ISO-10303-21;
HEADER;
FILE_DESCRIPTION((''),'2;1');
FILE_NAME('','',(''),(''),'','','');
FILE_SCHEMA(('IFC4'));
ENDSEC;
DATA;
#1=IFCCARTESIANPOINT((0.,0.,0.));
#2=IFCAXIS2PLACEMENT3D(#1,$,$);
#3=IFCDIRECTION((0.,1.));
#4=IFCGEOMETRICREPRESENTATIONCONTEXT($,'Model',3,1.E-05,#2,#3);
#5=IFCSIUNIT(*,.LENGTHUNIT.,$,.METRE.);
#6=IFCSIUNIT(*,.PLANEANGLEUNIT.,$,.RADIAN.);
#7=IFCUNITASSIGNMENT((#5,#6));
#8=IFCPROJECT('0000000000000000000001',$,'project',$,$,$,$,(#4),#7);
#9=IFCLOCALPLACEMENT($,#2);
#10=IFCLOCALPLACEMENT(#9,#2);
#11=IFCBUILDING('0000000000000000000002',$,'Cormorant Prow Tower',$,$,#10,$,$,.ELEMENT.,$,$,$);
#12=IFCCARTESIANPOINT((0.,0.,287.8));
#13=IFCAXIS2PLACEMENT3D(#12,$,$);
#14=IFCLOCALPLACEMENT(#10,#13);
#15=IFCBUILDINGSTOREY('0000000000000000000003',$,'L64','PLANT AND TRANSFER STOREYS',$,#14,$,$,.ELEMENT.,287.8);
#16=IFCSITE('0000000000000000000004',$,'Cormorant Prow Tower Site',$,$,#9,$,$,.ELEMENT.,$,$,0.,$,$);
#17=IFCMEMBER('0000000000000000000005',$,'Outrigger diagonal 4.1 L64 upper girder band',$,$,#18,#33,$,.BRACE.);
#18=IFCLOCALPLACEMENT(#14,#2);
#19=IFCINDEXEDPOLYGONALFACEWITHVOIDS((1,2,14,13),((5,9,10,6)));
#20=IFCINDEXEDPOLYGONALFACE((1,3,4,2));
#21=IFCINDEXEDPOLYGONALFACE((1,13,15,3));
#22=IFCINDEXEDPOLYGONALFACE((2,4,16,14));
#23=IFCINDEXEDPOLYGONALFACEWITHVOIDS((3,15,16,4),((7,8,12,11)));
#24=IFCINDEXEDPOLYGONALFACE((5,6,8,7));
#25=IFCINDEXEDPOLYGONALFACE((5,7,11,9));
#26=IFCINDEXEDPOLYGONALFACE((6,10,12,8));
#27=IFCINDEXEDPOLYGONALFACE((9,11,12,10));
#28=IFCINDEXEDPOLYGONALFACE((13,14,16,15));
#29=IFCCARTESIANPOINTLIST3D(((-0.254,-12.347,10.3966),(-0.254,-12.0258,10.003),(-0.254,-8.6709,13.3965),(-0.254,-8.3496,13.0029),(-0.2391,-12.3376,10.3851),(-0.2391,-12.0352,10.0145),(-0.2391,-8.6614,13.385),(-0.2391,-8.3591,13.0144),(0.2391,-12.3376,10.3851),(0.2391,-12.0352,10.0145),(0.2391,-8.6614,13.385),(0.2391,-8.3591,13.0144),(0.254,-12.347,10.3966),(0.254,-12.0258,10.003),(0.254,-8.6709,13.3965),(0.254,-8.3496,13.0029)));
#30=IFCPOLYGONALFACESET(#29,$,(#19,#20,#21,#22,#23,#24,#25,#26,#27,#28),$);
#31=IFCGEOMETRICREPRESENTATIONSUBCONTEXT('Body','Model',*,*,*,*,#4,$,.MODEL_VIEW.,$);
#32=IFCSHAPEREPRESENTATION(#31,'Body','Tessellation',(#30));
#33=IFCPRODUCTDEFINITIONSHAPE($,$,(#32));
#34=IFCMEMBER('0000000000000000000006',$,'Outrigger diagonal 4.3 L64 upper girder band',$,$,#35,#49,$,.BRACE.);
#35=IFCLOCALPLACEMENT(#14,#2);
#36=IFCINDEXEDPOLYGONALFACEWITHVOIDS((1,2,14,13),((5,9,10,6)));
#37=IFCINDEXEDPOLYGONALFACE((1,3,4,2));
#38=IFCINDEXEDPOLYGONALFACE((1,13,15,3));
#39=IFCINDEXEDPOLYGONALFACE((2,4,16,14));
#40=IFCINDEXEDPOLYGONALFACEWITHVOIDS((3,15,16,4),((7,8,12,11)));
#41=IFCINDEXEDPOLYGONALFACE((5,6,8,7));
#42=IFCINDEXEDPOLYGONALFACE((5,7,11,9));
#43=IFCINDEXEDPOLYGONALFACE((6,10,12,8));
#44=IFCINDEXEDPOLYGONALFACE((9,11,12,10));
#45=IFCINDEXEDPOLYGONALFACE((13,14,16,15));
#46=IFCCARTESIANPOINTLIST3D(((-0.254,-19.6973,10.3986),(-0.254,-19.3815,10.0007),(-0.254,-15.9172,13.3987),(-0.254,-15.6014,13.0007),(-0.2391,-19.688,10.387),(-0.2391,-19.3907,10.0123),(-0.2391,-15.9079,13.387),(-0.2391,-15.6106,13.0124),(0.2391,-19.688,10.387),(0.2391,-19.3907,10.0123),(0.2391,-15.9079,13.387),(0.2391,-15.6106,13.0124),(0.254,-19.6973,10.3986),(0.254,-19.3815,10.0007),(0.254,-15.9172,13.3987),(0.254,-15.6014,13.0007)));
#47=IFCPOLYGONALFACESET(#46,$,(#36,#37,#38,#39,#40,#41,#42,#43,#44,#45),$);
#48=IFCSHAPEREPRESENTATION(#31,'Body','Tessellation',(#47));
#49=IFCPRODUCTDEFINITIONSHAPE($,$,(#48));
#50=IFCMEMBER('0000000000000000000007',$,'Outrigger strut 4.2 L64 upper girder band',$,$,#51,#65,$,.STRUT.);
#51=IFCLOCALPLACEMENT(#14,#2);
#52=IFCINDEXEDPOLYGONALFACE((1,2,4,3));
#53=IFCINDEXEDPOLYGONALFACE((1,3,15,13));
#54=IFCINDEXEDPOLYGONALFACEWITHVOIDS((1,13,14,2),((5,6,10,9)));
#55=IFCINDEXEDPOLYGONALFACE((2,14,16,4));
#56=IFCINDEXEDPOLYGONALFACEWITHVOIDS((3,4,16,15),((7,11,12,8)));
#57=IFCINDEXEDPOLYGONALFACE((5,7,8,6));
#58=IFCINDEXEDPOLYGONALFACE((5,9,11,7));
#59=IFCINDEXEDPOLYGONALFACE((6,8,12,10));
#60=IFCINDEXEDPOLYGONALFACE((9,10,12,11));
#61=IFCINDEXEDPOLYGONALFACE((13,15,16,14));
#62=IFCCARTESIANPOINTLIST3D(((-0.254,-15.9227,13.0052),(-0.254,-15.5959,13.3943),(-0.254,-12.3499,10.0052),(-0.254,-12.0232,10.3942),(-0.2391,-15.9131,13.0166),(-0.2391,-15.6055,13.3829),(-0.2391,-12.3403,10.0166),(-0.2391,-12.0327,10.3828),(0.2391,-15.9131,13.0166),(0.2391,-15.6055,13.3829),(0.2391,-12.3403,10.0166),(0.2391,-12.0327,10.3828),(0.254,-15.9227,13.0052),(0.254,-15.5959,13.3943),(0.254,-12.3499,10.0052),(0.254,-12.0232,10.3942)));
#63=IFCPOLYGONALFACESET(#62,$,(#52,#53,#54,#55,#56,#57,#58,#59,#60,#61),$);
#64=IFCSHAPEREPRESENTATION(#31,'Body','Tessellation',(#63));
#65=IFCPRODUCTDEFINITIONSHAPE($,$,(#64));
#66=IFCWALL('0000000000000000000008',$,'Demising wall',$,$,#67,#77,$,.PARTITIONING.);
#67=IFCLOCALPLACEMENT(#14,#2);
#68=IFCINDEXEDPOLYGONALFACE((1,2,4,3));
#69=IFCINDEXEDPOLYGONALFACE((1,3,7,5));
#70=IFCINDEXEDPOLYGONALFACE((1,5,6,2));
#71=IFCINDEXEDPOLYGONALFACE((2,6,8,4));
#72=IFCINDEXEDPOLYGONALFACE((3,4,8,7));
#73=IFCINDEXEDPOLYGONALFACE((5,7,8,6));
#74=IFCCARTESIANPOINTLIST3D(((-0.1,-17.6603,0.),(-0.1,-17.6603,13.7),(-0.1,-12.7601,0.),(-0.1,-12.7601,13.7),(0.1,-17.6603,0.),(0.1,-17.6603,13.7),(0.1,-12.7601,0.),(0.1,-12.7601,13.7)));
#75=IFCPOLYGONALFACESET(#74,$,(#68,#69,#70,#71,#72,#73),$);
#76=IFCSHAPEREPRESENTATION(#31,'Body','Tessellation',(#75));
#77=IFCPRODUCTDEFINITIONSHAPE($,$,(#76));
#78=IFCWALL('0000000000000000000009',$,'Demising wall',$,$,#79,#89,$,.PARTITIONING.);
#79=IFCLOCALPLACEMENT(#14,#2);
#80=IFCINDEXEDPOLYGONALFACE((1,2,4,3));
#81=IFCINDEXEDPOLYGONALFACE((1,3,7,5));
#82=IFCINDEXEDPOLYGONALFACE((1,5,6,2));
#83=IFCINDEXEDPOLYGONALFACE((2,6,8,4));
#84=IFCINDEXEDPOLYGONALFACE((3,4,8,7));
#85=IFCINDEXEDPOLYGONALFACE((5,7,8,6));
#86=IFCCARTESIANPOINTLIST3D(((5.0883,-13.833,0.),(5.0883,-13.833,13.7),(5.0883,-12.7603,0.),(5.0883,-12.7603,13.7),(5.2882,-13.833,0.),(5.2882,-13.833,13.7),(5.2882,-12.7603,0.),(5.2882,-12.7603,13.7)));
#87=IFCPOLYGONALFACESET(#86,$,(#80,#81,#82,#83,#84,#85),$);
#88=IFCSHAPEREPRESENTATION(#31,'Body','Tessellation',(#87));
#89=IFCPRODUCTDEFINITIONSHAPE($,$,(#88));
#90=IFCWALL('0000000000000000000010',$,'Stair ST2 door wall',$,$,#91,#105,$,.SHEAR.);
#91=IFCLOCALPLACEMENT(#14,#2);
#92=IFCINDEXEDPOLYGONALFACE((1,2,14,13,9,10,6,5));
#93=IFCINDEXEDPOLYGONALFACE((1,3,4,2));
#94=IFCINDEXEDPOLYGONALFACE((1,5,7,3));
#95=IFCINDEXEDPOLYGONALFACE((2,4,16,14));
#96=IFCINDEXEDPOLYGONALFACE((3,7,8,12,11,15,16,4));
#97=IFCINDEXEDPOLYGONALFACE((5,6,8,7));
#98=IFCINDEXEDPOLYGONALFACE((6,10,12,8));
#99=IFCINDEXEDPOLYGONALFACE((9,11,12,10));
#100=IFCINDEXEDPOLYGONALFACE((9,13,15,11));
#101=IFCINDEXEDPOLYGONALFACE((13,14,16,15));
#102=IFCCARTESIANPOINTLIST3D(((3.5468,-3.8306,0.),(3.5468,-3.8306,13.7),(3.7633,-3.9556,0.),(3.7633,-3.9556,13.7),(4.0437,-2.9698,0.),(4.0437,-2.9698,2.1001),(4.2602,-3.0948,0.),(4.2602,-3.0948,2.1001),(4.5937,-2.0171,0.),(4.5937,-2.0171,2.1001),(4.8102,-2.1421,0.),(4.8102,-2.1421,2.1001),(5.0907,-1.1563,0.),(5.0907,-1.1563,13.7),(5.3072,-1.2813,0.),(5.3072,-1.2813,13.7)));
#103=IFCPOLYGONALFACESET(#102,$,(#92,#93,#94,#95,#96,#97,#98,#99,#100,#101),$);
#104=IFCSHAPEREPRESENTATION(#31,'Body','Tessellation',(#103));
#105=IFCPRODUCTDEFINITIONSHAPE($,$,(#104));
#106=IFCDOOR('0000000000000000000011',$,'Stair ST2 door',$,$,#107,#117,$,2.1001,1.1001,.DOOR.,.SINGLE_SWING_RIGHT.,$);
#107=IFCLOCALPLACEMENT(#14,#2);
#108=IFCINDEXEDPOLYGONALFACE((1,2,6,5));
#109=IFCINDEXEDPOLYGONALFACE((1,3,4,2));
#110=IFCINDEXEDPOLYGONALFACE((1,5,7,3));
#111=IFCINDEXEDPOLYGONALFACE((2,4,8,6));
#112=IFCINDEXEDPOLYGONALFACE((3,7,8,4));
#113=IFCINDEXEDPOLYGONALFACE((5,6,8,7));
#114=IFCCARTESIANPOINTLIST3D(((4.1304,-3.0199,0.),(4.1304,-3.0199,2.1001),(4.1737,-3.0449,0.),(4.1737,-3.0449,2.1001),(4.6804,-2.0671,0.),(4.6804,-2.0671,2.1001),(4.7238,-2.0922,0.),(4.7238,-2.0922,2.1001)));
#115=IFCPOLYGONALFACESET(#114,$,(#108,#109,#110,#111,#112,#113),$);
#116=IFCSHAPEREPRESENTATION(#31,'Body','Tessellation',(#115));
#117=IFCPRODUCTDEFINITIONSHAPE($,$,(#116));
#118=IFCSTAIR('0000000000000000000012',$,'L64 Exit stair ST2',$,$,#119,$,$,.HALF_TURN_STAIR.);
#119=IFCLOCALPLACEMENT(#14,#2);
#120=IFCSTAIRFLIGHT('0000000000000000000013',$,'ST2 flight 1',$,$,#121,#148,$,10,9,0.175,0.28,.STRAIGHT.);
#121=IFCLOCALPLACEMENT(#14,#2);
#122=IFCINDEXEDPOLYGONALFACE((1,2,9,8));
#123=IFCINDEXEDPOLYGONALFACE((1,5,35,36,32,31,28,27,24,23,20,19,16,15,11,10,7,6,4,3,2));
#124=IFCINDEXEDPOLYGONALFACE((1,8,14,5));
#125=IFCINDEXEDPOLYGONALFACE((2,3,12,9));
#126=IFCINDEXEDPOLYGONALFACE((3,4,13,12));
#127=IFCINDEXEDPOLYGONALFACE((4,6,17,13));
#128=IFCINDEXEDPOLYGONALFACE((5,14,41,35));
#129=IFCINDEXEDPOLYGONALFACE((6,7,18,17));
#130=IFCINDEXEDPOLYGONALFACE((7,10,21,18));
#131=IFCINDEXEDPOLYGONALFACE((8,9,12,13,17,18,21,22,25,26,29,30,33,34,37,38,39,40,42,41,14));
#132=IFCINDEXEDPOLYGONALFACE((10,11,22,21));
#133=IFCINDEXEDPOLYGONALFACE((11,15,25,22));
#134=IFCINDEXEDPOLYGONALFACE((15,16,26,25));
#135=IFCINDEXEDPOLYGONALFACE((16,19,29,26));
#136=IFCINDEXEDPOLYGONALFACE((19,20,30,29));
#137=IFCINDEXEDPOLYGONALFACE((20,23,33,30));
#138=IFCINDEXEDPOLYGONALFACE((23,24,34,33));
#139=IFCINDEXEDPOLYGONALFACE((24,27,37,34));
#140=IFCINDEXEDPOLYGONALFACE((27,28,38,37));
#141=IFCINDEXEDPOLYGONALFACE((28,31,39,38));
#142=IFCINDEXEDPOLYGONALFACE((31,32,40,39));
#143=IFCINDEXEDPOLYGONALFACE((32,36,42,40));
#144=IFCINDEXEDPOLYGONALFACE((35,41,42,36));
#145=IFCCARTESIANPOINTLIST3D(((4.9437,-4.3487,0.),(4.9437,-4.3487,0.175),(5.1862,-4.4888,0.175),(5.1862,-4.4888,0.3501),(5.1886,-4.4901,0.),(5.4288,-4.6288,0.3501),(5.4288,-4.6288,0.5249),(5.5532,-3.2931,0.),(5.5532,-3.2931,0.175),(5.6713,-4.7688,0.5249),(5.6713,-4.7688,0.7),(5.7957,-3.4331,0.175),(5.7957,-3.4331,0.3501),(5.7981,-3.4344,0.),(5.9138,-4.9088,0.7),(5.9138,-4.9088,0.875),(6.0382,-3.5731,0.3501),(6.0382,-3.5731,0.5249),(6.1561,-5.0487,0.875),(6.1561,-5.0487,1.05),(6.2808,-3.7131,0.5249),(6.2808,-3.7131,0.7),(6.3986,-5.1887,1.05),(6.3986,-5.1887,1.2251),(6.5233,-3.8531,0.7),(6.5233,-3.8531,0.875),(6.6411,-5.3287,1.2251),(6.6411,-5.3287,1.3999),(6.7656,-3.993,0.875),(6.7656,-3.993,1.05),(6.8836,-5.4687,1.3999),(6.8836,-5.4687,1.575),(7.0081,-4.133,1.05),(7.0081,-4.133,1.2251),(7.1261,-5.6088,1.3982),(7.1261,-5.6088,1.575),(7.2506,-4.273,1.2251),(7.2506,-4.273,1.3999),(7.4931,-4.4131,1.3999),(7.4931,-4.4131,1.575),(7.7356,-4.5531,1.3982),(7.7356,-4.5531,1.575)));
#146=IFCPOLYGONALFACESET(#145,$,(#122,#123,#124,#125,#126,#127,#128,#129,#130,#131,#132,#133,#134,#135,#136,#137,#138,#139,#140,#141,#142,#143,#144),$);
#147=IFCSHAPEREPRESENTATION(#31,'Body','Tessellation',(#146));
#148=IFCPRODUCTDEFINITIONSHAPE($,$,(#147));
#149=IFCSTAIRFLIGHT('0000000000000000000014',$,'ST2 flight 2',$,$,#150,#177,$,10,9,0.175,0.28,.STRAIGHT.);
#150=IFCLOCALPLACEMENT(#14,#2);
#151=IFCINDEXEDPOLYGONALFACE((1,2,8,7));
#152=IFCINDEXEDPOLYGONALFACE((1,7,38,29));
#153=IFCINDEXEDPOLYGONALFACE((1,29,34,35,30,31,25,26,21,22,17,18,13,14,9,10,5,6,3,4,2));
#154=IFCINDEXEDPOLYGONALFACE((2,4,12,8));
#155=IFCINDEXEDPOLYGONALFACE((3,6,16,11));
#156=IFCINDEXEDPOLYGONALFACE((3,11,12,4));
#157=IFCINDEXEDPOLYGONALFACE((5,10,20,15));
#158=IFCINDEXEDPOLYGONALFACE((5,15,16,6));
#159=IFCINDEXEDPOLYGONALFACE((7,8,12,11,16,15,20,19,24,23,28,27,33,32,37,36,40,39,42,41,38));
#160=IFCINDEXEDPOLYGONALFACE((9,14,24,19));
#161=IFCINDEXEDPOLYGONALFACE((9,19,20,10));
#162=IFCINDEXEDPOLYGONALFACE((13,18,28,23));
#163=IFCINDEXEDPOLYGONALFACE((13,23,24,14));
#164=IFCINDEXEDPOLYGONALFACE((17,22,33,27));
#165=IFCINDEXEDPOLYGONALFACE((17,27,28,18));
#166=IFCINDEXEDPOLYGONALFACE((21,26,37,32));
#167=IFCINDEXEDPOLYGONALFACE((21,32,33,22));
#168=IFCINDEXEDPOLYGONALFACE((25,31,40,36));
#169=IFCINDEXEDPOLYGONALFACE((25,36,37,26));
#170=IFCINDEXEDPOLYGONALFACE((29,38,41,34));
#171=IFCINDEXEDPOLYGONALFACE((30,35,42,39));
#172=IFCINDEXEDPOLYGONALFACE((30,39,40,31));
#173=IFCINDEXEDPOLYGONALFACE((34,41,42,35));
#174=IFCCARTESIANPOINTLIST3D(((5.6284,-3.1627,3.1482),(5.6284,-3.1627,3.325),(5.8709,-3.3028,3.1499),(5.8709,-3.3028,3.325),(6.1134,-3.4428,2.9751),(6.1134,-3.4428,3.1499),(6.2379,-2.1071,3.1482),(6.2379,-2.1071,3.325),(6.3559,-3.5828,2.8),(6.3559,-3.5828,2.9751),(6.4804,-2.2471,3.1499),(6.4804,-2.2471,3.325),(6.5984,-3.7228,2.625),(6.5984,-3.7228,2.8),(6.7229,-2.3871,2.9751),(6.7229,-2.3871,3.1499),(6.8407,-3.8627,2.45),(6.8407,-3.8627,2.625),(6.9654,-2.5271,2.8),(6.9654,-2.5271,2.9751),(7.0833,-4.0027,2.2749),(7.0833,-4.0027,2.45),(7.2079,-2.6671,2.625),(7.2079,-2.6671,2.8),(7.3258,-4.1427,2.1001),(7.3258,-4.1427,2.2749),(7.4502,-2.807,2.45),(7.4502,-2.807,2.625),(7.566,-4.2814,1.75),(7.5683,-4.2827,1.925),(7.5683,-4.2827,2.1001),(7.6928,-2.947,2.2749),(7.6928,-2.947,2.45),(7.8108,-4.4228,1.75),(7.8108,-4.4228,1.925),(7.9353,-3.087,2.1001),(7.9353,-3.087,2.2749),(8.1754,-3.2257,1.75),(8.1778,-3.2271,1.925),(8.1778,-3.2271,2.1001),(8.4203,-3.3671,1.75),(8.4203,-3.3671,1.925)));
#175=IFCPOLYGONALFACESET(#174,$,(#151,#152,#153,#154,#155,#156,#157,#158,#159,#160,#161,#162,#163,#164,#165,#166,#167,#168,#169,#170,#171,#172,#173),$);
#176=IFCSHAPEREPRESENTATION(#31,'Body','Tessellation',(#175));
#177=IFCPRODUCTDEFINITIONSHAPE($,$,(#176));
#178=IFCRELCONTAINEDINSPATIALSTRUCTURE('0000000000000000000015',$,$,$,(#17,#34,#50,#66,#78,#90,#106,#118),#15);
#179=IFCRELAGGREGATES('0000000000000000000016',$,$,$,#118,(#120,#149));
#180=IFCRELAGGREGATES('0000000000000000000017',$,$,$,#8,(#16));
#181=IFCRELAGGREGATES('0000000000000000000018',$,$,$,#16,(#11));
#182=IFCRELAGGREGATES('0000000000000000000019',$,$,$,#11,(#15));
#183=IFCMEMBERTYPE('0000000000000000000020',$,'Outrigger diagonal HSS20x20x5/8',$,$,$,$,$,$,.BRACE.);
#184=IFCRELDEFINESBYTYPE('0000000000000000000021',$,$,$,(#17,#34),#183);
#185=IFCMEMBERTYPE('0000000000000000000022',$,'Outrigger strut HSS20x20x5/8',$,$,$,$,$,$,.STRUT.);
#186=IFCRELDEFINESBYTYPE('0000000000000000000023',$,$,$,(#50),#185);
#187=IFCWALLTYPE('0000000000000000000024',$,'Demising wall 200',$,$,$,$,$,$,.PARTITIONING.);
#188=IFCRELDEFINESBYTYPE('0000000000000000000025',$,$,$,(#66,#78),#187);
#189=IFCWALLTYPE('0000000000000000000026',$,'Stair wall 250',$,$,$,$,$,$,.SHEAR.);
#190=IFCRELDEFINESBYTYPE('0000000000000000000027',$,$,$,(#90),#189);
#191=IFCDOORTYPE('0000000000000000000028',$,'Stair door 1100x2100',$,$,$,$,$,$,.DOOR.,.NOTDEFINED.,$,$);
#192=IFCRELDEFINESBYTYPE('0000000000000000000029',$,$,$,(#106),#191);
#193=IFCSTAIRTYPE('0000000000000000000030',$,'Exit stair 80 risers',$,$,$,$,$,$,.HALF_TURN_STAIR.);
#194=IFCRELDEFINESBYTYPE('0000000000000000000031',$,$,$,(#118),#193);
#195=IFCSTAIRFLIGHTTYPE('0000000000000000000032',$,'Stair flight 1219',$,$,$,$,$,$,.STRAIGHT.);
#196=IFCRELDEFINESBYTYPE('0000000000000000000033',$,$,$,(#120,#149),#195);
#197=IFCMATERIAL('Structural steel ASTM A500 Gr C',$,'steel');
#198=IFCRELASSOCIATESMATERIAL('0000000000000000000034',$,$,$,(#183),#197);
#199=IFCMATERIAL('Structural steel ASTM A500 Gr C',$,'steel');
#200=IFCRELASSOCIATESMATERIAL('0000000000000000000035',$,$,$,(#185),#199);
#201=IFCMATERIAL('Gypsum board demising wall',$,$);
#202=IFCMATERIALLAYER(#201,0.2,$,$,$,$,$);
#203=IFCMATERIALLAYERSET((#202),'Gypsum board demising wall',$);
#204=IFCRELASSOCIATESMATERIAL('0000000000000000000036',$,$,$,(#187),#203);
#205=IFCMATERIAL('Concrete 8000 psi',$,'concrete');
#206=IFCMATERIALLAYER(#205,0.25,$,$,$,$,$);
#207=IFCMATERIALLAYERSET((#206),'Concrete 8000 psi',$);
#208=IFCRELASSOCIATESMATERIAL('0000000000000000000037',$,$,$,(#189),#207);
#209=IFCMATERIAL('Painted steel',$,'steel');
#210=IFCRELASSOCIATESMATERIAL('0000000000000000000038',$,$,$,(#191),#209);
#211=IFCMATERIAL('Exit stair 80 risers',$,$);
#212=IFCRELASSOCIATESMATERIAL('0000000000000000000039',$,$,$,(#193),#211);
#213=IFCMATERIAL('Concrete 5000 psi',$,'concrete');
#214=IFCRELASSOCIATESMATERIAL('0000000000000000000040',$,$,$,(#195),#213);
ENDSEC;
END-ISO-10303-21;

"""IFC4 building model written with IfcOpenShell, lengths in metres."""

from ifc_helpers import new_model, si_unit, direction, frame, frame_2d, origin, origin_2d, place, context, subcontext, project, spatial, polyline, rectangle, hollow_rectangle, outline, extrude, material, layer, layer_set, material_profile, profile_set, type_object, element, fill, aggregate, save


model = new_model("IFC4")

# Units and contexts
model_context = context("Model", 3, precision=1e-05, world=origin(), true_north=direction((0.0, 1.0)))
body_context = subcontext(model_context, "Body", "Model", "MODEL_VIEW")
ifc_project = project(units=[si_unit("LENGTHUNIT", "METRE"), si_unit("PLANEANGLEUNIT", "RADIAN")], contexts=[model_context])

# Site, building, storey
site_placement = place(None, origin())
site = spatial("IfcSite", under=ifc_project, at=site_placement, Name="Cormorant Prow Tower Site", CompositionType="ELEMENT", RefElevation=0.0)
building_placement = place(site_placement, origin())
building = spatial("IfcBuilding", under=site, at=building_placement, Name="Cormorant Prow Tower", CompositionType="ELEMENT")
storey_placement = place(building_placement, frame((0.0, 0.0, 287.8)))
storey = spatial("IfcBuildingStorey", under=building, at=storey_placement, Name="L64", Description="PLANT AND TRANSFER STOREYS", CompositionType="ELEMENT", Elevation=287.8)

# Members
ifc_material_1 = material(Name="Structural steel ASTM A500 Gr C", Category="steel")
ifc_material_profile_1 = material_profile(ifc_material_1, hollow_rectangle(XDim=0.5081, YDim=0.5081, WallThickness=0.0149, at=origin_2d()), Name="HSS20x20x5/8")
ifc_profile_set_1 = profile_set([ifc_material_profile_1], Name="Structural steel ASTM A500 Gr C")
member_type_1 = type_object("IfcMemberType", Name="Outrigger diagonal HSS20x20x5/8", PredefinedType="BRACE", material=ifc_profile_set_1)
member_1_placement = place(storey_placement, frame((0.0, -8.5103, 13.1997), z_axis=(0.0, -0.774768, -0.632245), x_axis=(1.0, 0.0, 0.0)))
element("IfcMember", 1, at=member_1_placement, inside=storey, type_object=member_type_1, Name="Outrigger diagonal 4.1 L64 upper girder band", PredefinedType="BRACE", context=body_context, shape_type="SweptSolid", body=[
    extrude(hollow_rectangle(XDim=0.5081, YDim=0.5081, WallThickness=0.0149, at=origin_2d()), origin(), (0.0, 0.0, 1.0), 4.7449),
])
member_2_placement = place(storey_placement, frame((0.0, -15.7593, 13.1997), z_axis=(0.0, -0.783291, -0.621655), x_axis=(1.0, 0.0, 0.0)))
element("IfcMember", 2, at=member_2_placement, inside=storey, type_object=member_type_1, Name="Outrigger diagonal 4.3 L64 upper girder band", PredefinedType="BRACE", context=body_context, shape_type="SweptSolid", body=[
    extrude(hollow_rectangle(XDim=0.5081, YDim=0.5081, WallThickness=0.0149, at=origin_2d()), origin(), (0.0, 0.0, 1.0), 4.8259),
])
ifc_material_2 = material(Name="Structural steel ASTM A500 Gr C", Category="steel")
ifc_material_profile_2 = material_profile(ifc_material_2, hollow_rectangle(XDim=0.5081, YDim=0.5081, WallThickness=0.0149, at=origin_2d()), Name="HSS20x20x5/8")
ifc_profile_set_2 = profile_set([ifc_material_profile_2], Name="Structural steel ASTM A500 Gr C")
member_type_2 = type_object("IfcMemberType", Name="Outrigger strut HSS20x20x5/8", PredefinedType="STRUT", material=ifc_profile_set_2)
member_3_placement = place(storey_placement, frame((0.0, -12.1865, 10.1997), z_axis=(0.0, -0.765822, 0.643052), x_axis=(1.0, 0.0, 0.0)))
element("IfcMember", 3, at=member_3_placement, inside=storey, type_object=member_type_2, Name="Outrigger strut 4.2 L64 upper girder band", PredefinedType="STRUT", context=body_context, shape_type="SweptSolid", body=[
    extrude(hollow_rectangle(XDim=0.5081, YDim=0.5081, WallThickness=0.0149, at=origin_2d()), origin(), (0.0, 0.0, 1.0), 4.6653),
])

# Walls
ifc_material_3 = material(Name="Gypsum board demising wall")
ifc_layer_1 = layer(ifc_material_3, 0.2)
ifc_layer_set_1 = layer_set([ifc_layer_1], Name="Gypsum board demising wall")
wall_type_1 = type_object("IfcWallType", Name="Demising wall 200", PredefinedType="PARTITIONING", material=ifc_layer_set_1)
wall_1_placement = place(storey_placement, frame((0.0, -17.6604, 0.0), z_axis=(0.0, 0.0, 1.0), x_axis=(0.0, 1.0, 0.0)))
element("IfcWall", 4, at=wall_1_placement, inside=storey, type_object=wall_type_1, Name="Demising wall", PredefinedType="PARTITIONING", context=body_context, shape_type="SweptSolid", body=[
    extrude(rectangle(XDim=4.9001, YDim=0.2, at=frame_2d((2.4502, 0.0))), origin(), (0.0, 0.0, 1.0), 13.7),
])
wall_2_placement = place(storey_placement, frame((5.1882, -13.833, 0.0), z_axis=(0.0, 0.0, 1.0), x_axis=(0.0, 1.0, 0.0)))
element("IfcWall", 5, at=wall_2_placement, inside=storey, type_object=wall_type_1, Name="Demising wall", PredefinedType="PARTITIONING", context=body_context, shape_type="SweptSolid", body=[
    extrude(rectangle(XDim=1.0728, YDim=0.2, at=frame_2d((0.5364, 0.0))), origin(), (0.0, 0.0, 1.0), 13.7),
])

# Wall, opening, door
ifc_material_4 = material(Name="Concrete 8000 psi", Category="concrete")
ifc_layer_2 = layer(ifc_material_4, 0.25)
ifc_layer_set_2 = layer_set([ifc_layer_2], Name="Concrete 8000 psi")
wall_type_2 = type_object("IfcWallType", Name="Stair wall 250", PredefinedType="SHEAR", material=ifc_layer_set_2)
wall_3_placement = place(storey_placement, frame((3.655, -3.8931, 0.0), z_axis=(0.0, 0.0, 1.0), x_axis=(0.499983, 0.866035, 0.0)))
wall_3 = element("IfcWall", 6, at=wall_3_placement, inside=storey, type_object=wall_type_2, Name="Stair ST2 door wall", PredefinedType="SHEAR", context=body_context, shape_type="SweptSolid", body=[
    extrude(rectangle(XDim=3.0879, YDim=0.25, at=frame_2d((1.5439, 0.0))), origin(), (0.0, 0.0, 1.0), 13.7),
])
opening_placement = place(wall_3_placement, frame((0.9939, 0.0, 0.0)))
opening = element("IfcOpeningElement", 7, at=opening_placement, cuts=wall_3, PredefinedType="OPENING", context=body_context, shape_type="SweptSolid", body=[
    extrude(rectangle(XDim=1.1001, YDim=2.1001, at=frame_2d((0.55, 1.05))), frame((0.0, 0.135, 0.0), z_axis=(0.0, -1.0, 0.0), x_axis=(1.0, 0.0, 0.0)), (0.0, 0.0, 1.0), 0.27),
])
ifc_material_5 = material(Name="Painted steel", Category="steel")
door_type = type_object("IfcDoorType", Name="Stair door 1100x2100", OperationType="NOTDEFINED", PredefinedType="DOOR", material=ifc_material_5)
door_placement = place(opening_placement, origin())
door = element("IfcDoor", 8, at=door_placement, inside=storey, type_object=door_type, Name="Stair ST2 door", OperationType="SINGLE_SWING_RIGHT", OverallHeight=2.1001, OverallWidth=1.1001, PredefinedType="DOOR", context=body_context, shape_type="SweptSolid", body=[
    extrude(rectangle(XDim=1.1001, YDim=2.1001, at=frame_2d((0.55, 1.05))), frame((0.0, 0.0249, 0.0), z_axis=(0.0, -1.0, 0.0), x_axis=(1.0, 0.0, 0.0)), (0.0, 0.0, 1.0), 0.05),
])
fill(opening, door)

# Stair, stair flights
ifc_material_6 = material(Name="Exit stair 80 risers")
stair_type = type_object("IfcStairType", Name="Exit stair 80 risers", PredefinedType="HALF_TURN_STAIR", material=ifc_material_6)
stair_placement = place(storey_placement, origin())
stair = element("IfcStair", 9, at=stair_placement, inside=storey, type_object=stair_type, Name="L64 Exit stair ST2", PredefinedType="HALF_TURN_STAIR")
ifc_material_7 = material(Name="Concrete 5000 psi", Category="concrete")
stair_flight_type = type_object("IfcStairFlightType", Name="Stair flight 1219", PredefinedType="STRAIGHT", material=ifc_material_7)
stair_flight_1_placement = place(storey_placement, frame((5.2485, -3.8208, 0.0), z_axis=(0.0, 0.0, 1.0), x_axis=(0.866025, -0.5, 0.0)))
stair_flight_1 = element("IfcStairFlight", 10, at=stair_flight_1_placement, type_object=stair_flight_type, Name="ST2 flight 1", NumberOfRisers=10, NumberOfTreads=9, PredefinedType="STRAIGHT", RiserHeight=0.175, TreadLength=0.28, context=body_context, shape_type="SweptSolid", body=[
    extrude(outline(polyline([(0.0, 0.0), (0.0, 0.175), (0.28, 0.175), (0.28, 0.3501), (0.5601, 0.3501), (0.5601, 0.5249), (0.8401, 0.5249), (0.8401, 0.7), (1.1201, 0.7), (1.1201, 0.875), (1.3999, 0.875), (1.3999, 1.05), (1.6799, 1.05), (1.6799, 1.2251), (1.96, 1.2251), (1.96, 1.3999), (2.24, 1.3999), (2.24, 1.575), (2.52, 1.575), (2.52, 1.75), (2.52, 1.3982), (0.2827, 0.0), (0.0, 0.0)])), frame((0.0, 0.6094, 0.0), z_axis=(0.0, -1.0, 0.0), x_axis=(1.0, 0.0, 0.0)), (0.0, 0.0, 1.0), 1.219),
])
stair_flight_2_placement = place(storey_placement, frame((8.1155, -3.895, 1.75), z_axis=(0.0, 0.0, 1.0), x_axis=(-0.866025, 0.5, 0.0)))
stair_flight_2 = element("IfcStairFlight", 11, at=stair_flight_2_placement, type_object=stair_flight_type, Name="ST2 flight 2", NumberOfRisers=10, NumberOfTreads=9, PredefinedType="STRAIGHT", RiserHeight=0.175, TreadLength=0.28, context=body_context, shape_type="SweptSolid", body=[
    extrude(outline(polyline([(0.0, 0.0), (0.0, 0.175), (0.28, 0.175), (0.28, 0.3501), (0.5601, 0.3501), (0.5601, 0.5249), (0.8401, 0.5249), (0.8401, 0.7), (1.1201, 0.7), (1.1201, 0.875), (1.3999, 0.875), (1.3999, 1.05), (1.6799, 1.05), (1.6799, 1.2251), (1.96, 1.2251), (1.96, 1.3999), (2.24, 1.3999), (2.24, 1.575), (2.52, 1.575), (2.52, 1.75), (2.52, 1.3982), (0.2827, 0.0), (0.0, 0.0)])), frame((0.0, 0.6094, 0.0), z_axis=(0.0, -1.0, 0.0), x_axis=(1.0, 0.0, 0.0)), (0.0, 0.0, 1.0), 1.219),
])
aggregate(stair, [stair_flight_1, stair_flight_2])

save(model, "model.ifc")
